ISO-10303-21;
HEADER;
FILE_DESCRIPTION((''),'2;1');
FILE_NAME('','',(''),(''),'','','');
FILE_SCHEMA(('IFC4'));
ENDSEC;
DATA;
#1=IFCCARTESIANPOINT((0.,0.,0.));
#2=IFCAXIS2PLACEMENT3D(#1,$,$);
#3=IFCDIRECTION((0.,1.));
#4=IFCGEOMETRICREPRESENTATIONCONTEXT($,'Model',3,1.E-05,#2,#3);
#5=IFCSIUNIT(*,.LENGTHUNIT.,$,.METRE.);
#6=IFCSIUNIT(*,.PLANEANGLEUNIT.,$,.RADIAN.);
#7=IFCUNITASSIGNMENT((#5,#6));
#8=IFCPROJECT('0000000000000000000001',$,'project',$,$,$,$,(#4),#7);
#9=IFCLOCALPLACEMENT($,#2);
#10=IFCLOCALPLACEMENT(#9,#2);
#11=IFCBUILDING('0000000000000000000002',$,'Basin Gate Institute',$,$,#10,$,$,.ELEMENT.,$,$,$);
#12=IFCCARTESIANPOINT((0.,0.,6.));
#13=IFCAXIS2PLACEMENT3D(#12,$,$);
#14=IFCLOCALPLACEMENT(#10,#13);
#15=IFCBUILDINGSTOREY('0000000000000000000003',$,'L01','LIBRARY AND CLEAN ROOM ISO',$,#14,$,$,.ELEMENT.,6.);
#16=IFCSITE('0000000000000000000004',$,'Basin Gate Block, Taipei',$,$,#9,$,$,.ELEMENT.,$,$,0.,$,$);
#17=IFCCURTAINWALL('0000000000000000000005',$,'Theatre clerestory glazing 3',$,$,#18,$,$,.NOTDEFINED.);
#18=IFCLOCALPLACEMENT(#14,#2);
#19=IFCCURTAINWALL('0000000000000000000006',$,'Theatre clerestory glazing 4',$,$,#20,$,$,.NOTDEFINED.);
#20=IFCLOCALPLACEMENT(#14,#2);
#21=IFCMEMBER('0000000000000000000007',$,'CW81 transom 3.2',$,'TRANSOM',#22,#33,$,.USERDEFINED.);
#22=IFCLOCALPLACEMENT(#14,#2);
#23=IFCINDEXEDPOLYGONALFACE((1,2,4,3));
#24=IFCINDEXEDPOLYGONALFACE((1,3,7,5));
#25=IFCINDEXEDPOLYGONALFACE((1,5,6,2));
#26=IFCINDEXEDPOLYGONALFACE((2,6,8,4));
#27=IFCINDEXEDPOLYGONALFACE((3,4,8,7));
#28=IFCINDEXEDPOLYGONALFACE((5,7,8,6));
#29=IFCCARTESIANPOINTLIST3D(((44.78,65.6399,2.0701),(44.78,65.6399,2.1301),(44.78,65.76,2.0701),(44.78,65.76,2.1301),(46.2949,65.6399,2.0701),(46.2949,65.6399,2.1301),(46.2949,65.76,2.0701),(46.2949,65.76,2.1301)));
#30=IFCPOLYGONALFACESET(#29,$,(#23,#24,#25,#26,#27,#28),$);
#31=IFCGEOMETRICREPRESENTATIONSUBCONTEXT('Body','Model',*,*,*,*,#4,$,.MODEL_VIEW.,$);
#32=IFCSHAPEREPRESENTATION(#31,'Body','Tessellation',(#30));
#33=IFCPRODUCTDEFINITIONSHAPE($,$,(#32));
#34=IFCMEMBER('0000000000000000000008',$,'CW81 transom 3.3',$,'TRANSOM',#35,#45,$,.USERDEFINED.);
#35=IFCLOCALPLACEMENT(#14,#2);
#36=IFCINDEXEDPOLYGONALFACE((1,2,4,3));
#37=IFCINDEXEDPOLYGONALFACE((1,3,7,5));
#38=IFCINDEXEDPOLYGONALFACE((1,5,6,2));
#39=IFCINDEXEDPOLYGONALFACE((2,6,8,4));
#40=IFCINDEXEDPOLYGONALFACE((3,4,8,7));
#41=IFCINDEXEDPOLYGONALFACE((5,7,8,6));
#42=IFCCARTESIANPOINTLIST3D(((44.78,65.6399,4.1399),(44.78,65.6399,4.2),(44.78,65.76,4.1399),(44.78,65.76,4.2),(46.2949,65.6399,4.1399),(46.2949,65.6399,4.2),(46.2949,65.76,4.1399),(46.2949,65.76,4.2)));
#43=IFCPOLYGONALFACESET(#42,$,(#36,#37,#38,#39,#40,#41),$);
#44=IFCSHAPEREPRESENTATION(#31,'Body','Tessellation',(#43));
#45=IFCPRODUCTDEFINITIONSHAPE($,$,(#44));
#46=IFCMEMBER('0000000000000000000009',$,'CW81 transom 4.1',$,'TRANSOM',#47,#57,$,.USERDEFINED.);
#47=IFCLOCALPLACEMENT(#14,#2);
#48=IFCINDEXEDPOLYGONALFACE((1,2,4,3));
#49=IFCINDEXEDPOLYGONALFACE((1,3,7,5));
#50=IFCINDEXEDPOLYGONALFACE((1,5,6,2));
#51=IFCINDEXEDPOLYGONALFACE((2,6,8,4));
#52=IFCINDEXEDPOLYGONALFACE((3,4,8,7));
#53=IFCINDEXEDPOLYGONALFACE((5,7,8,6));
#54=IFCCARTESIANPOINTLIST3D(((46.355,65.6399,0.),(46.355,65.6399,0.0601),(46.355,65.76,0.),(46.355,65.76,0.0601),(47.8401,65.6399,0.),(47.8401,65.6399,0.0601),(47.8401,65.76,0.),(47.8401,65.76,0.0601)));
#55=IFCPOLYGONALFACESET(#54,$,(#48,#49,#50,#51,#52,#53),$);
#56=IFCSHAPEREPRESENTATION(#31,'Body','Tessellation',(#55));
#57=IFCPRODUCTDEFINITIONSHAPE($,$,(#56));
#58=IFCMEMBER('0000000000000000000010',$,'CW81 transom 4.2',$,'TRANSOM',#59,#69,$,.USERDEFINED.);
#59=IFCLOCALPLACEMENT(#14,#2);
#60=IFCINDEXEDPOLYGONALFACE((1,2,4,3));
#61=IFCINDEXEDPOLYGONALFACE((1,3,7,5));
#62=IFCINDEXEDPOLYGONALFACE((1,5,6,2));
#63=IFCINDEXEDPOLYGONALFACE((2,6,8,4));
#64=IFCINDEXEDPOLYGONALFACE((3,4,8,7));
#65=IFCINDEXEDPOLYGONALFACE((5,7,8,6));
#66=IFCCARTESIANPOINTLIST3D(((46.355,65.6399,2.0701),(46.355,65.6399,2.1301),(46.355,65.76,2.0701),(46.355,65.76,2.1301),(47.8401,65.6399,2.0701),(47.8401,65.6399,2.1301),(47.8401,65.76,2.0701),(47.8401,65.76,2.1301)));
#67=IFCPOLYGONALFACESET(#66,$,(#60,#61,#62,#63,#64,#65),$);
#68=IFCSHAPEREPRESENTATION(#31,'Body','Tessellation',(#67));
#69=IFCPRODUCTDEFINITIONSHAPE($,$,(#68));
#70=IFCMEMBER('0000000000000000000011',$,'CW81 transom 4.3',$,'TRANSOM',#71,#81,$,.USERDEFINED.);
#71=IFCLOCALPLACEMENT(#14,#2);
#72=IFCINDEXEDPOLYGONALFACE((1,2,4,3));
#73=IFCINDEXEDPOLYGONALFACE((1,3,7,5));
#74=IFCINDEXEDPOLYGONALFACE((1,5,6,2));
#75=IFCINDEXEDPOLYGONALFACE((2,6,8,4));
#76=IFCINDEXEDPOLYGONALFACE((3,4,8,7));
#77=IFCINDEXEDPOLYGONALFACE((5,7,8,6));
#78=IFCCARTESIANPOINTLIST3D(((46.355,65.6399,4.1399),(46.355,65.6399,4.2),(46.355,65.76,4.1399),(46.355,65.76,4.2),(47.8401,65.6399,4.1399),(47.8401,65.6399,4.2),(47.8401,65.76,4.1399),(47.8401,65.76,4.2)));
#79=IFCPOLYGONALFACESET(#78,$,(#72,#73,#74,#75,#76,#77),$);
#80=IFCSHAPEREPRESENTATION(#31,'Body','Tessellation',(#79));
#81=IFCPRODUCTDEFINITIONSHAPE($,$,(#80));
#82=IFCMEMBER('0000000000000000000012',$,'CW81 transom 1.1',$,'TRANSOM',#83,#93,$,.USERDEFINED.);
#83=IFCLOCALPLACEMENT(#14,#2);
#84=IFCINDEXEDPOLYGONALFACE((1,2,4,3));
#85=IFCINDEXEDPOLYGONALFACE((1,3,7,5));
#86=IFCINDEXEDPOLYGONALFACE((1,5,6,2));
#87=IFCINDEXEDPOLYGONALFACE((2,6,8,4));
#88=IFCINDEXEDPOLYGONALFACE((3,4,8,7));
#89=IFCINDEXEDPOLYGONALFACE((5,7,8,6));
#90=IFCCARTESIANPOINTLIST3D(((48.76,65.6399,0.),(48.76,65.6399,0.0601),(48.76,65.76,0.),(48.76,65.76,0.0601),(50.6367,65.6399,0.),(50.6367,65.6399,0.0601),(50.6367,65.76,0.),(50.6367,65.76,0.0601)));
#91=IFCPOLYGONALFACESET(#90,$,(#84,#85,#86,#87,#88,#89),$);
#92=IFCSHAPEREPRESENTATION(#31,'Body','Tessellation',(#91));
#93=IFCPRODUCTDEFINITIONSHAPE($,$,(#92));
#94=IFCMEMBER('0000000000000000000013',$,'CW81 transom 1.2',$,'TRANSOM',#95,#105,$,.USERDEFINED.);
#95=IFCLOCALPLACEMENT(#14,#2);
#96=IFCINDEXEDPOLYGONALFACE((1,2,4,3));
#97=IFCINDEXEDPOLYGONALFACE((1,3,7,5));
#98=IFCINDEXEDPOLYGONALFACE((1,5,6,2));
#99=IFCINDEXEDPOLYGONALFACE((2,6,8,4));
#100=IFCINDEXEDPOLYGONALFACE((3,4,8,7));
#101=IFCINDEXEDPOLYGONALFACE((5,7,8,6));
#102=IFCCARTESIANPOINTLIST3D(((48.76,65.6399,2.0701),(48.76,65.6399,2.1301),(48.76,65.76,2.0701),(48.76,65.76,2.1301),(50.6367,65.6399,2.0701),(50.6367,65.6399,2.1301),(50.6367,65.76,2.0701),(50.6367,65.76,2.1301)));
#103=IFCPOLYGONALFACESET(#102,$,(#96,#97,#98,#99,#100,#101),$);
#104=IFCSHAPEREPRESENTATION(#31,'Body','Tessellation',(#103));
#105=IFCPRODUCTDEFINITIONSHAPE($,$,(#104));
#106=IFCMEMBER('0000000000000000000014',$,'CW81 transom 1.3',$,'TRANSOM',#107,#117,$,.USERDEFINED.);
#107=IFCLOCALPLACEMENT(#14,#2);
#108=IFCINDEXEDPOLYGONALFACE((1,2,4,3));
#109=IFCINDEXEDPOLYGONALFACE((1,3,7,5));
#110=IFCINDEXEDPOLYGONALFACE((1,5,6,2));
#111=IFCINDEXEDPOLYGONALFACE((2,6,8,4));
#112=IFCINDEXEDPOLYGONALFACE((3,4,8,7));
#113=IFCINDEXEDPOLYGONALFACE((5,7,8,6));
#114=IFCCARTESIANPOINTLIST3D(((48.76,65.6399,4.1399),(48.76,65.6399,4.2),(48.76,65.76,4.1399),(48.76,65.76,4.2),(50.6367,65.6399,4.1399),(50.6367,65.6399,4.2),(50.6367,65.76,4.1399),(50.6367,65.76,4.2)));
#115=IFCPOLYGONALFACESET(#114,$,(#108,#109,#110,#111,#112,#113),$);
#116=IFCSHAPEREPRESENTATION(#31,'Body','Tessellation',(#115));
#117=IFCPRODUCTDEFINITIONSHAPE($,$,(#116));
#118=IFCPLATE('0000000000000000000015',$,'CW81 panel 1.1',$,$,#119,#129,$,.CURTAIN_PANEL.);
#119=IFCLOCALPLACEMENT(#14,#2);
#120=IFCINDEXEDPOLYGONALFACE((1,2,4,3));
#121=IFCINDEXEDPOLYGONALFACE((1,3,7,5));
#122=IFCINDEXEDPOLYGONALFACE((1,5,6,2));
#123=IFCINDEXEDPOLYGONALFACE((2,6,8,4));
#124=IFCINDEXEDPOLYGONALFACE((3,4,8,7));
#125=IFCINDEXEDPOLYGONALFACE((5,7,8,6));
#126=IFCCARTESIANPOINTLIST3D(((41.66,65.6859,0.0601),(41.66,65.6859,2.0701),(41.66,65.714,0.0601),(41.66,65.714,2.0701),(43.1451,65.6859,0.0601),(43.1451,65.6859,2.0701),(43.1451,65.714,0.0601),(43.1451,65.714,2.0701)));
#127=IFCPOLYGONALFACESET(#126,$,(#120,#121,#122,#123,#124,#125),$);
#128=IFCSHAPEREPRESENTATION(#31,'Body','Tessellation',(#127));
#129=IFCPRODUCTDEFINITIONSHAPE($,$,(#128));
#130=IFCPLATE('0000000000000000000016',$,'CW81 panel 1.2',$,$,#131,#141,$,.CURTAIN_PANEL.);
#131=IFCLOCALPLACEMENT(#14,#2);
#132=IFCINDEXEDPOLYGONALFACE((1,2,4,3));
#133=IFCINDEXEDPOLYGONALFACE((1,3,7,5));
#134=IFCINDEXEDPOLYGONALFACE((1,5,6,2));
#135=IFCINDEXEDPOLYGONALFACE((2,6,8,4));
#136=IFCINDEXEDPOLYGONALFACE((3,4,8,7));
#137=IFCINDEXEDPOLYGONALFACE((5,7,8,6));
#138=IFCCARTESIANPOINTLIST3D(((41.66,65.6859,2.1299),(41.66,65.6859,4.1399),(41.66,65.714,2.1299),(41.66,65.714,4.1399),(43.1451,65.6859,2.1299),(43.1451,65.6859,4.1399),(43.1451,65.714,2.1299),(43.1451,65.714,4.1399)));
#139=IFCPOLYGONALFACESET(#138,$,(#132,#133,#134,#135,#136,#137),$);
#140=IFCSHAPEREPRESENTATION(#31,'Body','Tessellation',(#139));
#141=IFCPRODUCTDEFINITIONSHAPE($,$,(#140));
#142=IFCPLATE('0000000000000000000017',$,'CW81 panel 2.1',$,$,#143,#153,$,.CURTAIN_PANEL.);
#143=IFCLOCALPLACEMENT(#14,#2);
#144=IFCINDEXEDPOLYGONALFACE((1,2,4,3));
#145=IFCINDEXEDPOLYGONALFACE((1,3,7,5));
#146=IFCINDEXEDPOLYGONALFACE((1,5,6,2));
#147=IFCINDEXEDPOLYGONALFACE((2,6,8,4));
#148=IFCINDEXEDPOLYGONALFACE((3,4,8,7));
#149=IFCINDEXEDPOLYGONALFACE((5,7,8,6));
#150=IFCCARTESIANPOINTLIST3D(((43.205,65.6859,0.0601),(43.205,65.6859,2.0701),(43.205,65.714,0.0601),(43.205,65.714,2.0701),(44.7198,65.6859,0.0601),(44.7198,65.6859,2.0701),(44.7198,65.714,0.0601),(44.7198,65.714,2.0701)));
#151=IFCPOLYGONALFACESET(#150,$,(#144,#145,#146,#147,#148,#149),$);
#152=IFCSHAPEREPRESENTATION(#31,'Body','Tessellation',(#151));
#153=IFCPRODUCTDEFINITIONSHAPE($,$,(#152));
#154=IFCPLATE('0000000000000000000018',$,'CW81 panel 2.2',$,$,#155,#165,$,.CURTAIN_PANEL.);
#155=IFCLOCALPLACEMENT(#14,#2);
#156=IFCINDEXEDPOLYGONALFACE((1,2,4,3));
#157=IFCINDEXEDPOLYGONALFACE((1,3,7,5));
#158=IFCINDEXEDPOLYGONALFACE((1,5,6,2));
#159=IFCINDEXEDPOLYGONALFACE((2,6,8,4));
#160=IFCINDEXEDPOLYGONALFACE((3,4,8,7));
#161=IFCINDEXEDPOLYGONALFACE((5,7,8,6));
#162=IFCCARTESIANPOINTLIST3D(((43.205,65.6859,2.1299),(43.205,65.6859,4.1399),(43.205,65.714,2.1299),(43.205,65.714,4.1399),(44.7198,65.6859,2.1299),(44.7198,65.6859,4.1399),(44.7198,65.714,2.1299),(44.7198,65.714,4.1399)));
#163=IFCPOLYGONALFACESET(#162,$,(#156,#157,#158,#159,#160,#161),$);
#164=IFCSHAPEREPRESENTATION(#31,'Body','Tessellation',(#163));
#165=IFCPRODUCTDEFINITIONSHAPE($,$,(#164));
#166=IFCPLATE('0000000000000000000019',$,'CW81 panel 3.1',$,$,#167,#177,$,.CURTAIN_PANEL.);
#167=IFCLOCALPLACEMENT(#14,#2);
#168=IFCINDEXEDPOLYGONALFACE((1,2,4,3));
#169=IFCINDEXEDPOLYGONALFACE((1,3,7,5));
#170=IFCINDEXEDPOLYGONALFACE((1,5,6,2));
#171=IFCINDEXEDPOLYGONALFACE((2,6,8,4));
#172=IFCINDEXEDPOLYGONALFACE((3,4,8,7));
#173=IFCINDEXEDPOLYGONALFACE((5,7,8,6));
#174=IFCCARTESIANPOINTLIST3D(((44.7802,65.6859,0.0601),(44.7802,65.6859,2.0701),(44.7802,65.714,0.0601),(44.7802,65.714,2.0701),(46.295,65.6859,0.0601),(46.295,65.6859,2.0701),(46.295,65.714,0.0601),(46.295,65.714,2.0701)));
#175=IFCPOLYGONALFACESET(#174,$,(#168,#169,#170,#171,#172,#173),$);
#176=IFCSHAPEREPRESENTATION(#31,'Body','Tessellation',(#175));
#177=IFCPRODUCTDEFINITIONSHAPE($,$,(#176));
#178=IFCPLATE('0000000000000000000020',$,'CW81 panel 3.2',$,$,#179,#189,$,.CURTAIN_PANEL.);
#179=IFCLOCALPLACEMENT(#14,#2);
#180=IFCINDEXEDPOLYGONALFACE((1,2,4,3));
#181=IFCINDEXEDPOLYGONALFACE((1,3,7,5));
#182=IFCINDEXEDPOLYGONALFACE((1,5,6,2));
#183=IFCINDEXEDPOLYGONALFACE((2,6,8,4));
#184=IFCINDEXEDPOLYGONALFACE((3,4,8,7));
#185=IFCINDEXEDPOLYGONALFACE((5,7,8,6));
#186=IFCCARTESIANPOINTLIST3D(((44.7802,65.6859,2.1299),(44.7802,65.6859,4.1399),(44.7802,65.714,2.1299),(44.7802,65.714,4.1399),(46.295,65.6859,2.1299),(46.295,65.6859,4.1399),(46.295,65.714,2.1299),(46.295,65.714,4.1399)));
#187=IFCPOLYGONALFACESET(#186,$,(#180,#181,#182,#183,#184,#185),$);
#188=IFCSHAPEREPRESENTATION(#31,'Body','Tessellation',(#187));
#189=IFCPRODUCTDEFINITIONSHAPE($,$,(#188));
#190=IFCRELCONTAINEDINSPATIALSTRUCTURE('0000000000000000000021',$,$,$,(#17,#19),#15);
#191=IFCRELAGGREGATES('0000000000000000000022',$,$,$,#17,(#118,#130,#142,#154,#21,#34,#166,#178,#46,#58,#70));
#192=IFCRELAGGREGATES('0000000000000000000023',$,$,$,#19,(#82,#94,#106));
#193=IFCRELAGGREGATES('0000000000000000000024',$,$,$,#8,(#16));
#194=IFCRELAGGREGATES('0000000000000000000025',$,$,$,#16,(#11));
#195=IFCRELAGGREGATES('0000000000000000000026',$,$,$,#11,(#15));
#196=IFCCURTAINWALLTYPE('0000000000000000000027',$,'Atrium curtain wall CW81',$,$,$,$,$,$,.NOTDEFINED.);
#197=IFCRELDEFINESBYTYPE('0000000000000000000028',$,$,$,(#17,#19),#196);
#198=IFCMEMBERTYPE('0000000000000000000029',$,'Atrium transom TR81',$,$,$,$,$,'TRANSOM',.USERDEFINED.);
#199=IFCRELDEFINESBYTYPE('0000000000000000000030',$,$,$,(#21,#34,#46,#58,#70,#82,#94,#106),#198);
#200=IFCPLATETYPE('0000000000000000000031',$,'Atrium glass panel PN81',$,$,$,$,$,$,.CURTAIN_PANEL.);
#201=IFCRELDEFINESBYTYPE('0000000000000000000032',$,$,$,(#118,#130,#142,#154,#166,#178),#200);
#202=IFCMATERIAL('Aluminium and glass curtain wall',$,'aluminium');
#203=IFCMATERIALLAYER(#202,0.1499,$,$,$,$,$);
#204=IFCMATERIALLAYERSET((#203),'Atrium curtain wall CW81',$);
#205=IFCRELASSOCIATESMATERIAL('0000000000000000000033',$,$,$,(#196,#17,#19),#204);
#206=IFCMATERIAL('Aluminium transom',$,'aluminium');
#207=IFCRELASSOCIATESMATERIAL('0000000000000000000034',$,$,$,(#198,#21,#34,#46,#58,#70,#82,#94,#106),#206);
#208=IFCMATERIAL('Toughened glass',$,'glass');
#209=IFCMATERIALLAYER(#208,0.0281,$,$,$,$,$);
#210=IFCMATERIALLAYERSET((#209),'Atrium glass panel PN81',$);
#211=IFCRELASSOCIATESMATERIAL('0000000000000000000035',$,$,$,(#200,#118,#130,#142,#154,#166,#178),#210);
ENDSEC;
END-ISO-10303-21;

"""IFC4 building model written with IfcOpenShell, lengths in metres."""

from ifc_helpers import new_model, si_unit, direction, frame, origin, origin_2d, place, context, subcontext, project, spatial, rectangle, extrude, material, layer, layer_set, material_profile, profile_set, type_object, element, aggregate, save


model = new_model("IFC4")

# Units and contexts
model_context = context("Model", 3, precision=1e-05, world=origin(), true_north=direction((0.0, 1.0)))
body_context = subcontext(model_context, "Body", "Model", "MODEL_VIEW")
ifc_project = project(units=[si_unit("LENGTHUNIT", "METRE"), si_unit("PLANEANGLEUNIT", "RADIAN")], contexts=[model_context])

# Site, building, storey
site_placement = place(None, origin())
site = spatial("IfcSite", under=ifc_project, at=site_placement, Name="Basin Gate Block, Taipei", CompositionType="ELEMENT", RefElevation=0.0)
building_placement = place(site_placement, origin())
building = spatial("IfcBuilding", under=site, at=building_placement, Name="Basin Gate Institute", CompositionType="ELEMENT")
storey_placement = place(building_placement, frame((0.0, 0.0, 6.0)))
storey = spatial("IfcBuildingStorey", under=building, at=storey_placement, Name="L01", Description="LIBRARY AND CLEAN ROOM ISO", CompositionType="ELEMENT", Elevation=6.0)

# Curtain wall
ifc_material_1 = material(Name="Aluminium and glass curtain wall", Category="aluminium")
ifc_layer_1 = layer(ifc_material_1, 0.1499)
ifc_layer_set_1 = layer_set([ifc_layer_1], Name="Atrium curtain wall CW81")
curtain_wall_type = type_object("IfcCurtainWallType", Name="Atrium curtain wall CW81", PredefinedType="NOTDEFINED", material=ifc_layer_set_1)
curtain_wall_1_placement = place(storey_placement, origin())
curtain_wall_1 = element("IfcCurtainWall", 1, at=curtain_wall_1_placement, inside=storey, type_object=curtain_wall_type, material=ifc_layer_set_1, Name="Theatre clerestory glazing 3", PredefinedType="NOTDEFINED")

# Curtain wall
curtain_wall_2_placement = place(storey_placement, origin())
curtain_wall_2 = element("IfcCurtainWall", 2, at=curtain_wall_2_placement, inside=storey, type_object=curtain_wall_type, material=ifc_layer_set_1, Name="Theatre clerestory glazing 4", PredefinedType="NOTDEFINED")

# Members
ifc_material_2 = material(Name="Aluminium transom", Category="aluminium")
ifc_material_profile_1 = material_profile(ifc_material_2, rectangle(XDim=0.1201, YDim=0.0601, at=origin_2d()), Name="Atrium transom TR81 120 x 60")
ifc_profile_set_1 = profile_set([ifc_material_profile_1], Name="Aluminium transom")
member_type_1 = type_object("IfcMemberType", Name="Atrium transom TR81", ElementType="TRANSOM", PredefinedType="USERDEFINED", material=ifc_profile_set_1)
member_1_placement = place(storey_placement, frame((44.78, 65.7, 2.1001), z_axis=(1.0, 0.0, 0.0), x_axis=(0.0, 1.0, 0.0)))
member_1 = element("IfcMember", 3, at=member_1_placement, type_object=member_type_1, material=ifc_profile_set_1, Name="CW81 transom 3.2", ObjectType="TRANSOM", PredefinedType="USERDEFINED", context=body_context, shape_type="SweptSolid", body=[
    extrude(rectangle(XDim=0.1201, YDim=0.0601, at=origin_2d()), origin(), (0.0, 0.0, 1.0), 1.5149),
])
member_2_placement = place(storey_placement, frame((44.78, 65.7, 4.1699), z_axis=(1.0, 0.0, 0.0), x_axis=(0.0, 1.0, 0.0)))
member_2 = element("IfcMember", 4, at=member_2_placement, type_object=member_type_1, material=ifc_profile_set_1, Name="CW81 transom 3.3", ObjectType="TRANSOM", PredefinedType="USERDEFINED", context=body_context, shape_type="SweptSolid", body=[
    extrude(rectangle(XDim=0.1201, YDim=0.0601, at=origin_2d()), origin(), (0.0, 0.0, 1.0), 1.5149),
])
member_3_placement = place(storey_placement, frame((46.355, 65.7, 0.03), z_axis=(1.0, 0.0, 0.0), x_axis=(0.0, 1.0, 0.0)))
member_3 = element("IfcMember", 5, at=member_3_placement, type_object=member_type_1, material=ifc_profile_set_1, Name="CW81 transom 4.1", ObjectType="TRANSOM", PredefinedType="USERDEFINED", context=body_context, shape_type="SweptSolid", body=[
    extrude(rectangle(XDim=0.1201, YDim=0.0601, at=origin_2d()), origin(), (0.0, 0.0, 1.0), 1.4851),
])
member_4_placement = place(storey_placement, frame((46.355, 65.7, 2.1001), z_axis=(1.0, 0.0, 0.0), x_axis=(0.0, 1.0, 0.0)))
member_4 = element("IfcMember", 6, at=member_4_placement, type_object=member_type_1, material=ifc_profile_set_1, Name="CW81 transom 4.2", ObjectType="TRANSOM", PredefinedType="USERDEFINED", context=body_context, shape_type="SweptSolid", body=[
    extrude(rectangle(XDim=0.1201, YDim=0.0601, at=origin_2d()), origin(), (0.0, 0.0, 1.0), 1.4851),
])
member_5_placement = place(storey_placement, frame((46.355, 65.7, 4.1699), z_axis=(1.0, 0.0, 0.0), x_axis=(0.0, 1.0, 0.0)))
member_5 = element("IfcMember", 7, at=member_5_placement, type_object=member_type_1, material=ifc_profile_set_1, Name="CW81 transom 4.3", ObjectType="TRANSOM", PredefinedType="USERDEFINED", context=body_context, shape_type="SweptSolid", body=[
    extrude(rectangle(XDim=0.1201, YDim=0.0601, at=origin_2d()), origin(), (0.0, 0.0, 1.0), 1.4851),
])
member_6_placement = place(storey_placement, frame((48.76, 65.7, 0.03), z_axis=(1.0, 0.0, 0.0), x_axis=(0.0, 1.0, 0.0)))
member_6 = element("IfcMember", 8, at=member_6_placement, type_object=member_type_1, material=ifc_profile_set_1, Name="CW81 transom 1.1", ObjectType="TRANSOM", PredefinedType="USERDEFINED", context=body_context, shape_type="SweptSolid", body=[
    extrude(rectangle(XDim=0.1201, YDim=0.0601, at=origin_2d()), origin(), (0.0, 0.0, 1.0), 1.8767),
])
member_7_placement = place(storey_placement, frame((48.76, 65.7, 2.1001), z_axis=(1.0, 0.0, 0.0), x_axis=(0.0, 1.0, 0.0)))
member_7 = element("IfcMember", 9, at=member_7_placement, type_object=member_type_1, material=ifc_profile_set_1, Name="CW81 transom 1.2", ObjectType="TRANSOM", PredefinedType="USERDEFINED", context=body_context, shape_type="SweptSolid", body=[
    extrude(rectangle(XDim=0.1201, YDim=0.0601, at=origin_2d()), origin(), (0.0, 0.0, 1.0), 1.8767),
])
member_8_placement = place(storey_placement, frame((48.76, 65.7, 4.1699), z_axis=(1.0, 0.0, 0.0), x_axis=(0.0, 1.0, 0.0)))
member_8 = element("IfcMember", 10, at=member_8_placement, type_object=member_type_1, material=ifc_profile_set_1, Name="CW81 transom 1.3", ObjectType="TRANSOM", PredefinedType="USERDEFINED", context=body_context, shape_type="SweptSolid", body=[
    extrude(rectangle(XDim=0.1201, YDim=0.0601, at=origin_2d()), origin(), (0.0, 0.0, 1.0), 1.8767),
])

# Plates
ifc_material_3 = material(Name="Toughened glass", Category="glass")
ifc_layer_2 = layer(ifc_material_3, 0.0281)
ifc_layer_set_2 = layer_set([ifc_layer_2], Name="Atrium glass panel PN81")
plate_type = type_object("IfcPlateType", Name="Atrium glass panel PN81", PredefinedType="CURTAIN_PANEL", material=ifc_layer_set_2)
plate_1_placement = place(storey_placement, frame((42.4026, 65.7, 0.0601), z_axis=(0.0, 0.0, 1.0), x_axis=(1.0, 0.0, 0.0)))
plate_1 = element("IfcPlate", 11, at=plate_1_placement, type_object=plate_type, material=ifc_layer_set_2, Name="CW81 panel 1.1", PredefinedType="CURTAIN_PANEL", context=body_context, shape_type="SweptSolid", body=[
    extrude(rectangle(XDim=1.4851, YDim=0.0281, at=origin_2d()), origin(), (0.0, 0.0, 1.0), 2.01),
])
plate_2_placement = place(storey_placement, frame((42.4026, 65.7, 2.1299), z_axis=(0.0, 0.0, 1.0), x_axis=(1.0, 0.0, 0.0)))
plate_2 = element("IfcPlate", 12, at=plate_2_placement, type_object=plate_type, material=ifc_layer_set_2, Name="CW81 panel 1.2", PredefinedType="CURTAIN_PANEL", context=body_context, shape_type="SweptSolid", body=[
    extrude(rectangle(XDim=1.4851, YDim=0.0281, at=origin_2d()), origin(), (0.0, 0.0, 1.0), 2.01),
])
plate_3_placement = place(storey_placement, frame((43.9624, 65.7, 0.0601), z_axis=(0.0, 0.0, 1.0), x_axis=(1.0, 0.0, 0.0)))
plate_3 = element("IfcPlate", 13, at=plate_3_placement, type_object=plate_type, material=ifc_layer_set_2, Name="CW81 panel 2.1", PredefinedType="CURTAIN_PANEL", context=body_context, shape_type="SweptSolid", body=[
    extrude(rectangle(XDim=1.5149, YDim=0.0281, at=origin_2d()), origin(), (0.0, 0.0, 1.0), 2.01),
])
plate_4_placement = place(storey_placement, frame((43.9624, 65.7, 2.1299), z_axis=(0.0, 0.0, 1.0), x_axis=(1.0, 0.0, 0.0)))
plate_4 = element("IfcPlate", 14, at=plate_4_placement, type_object=plate_type, material=ifc_layer_set_2, Name="CW81 panel 2.2", PredefinedType="CURTAIN_PANEL", context=body_context, shape_type="SweptSolid", body=[
    extrude(rectangle(XDim=1.5149, YDim=0.0281, at=origin_2d()), origin(), (0.0, 0.0, 1.0), 2.01),
])
plate_5_placement = place(storey_placement, frame((45.5376, 65.7, 0.0601), z_axis=(0.0, 0.0, 1.0), x_axis=(1.0, 0.0, 0.0)))
plate_5 = element("IfcPlate", 15, at=plate_5_placement, type_object=plate_type, material=ifc_layer_set_2, Name="CW81 panel 3.1", PredefinedType="CURTAIN_PANEL", context=body_context, shape_type="SweptSolid", body=[
    extrude(rectangle(XDim=1.5149, YDim=0.0281, at=origin_2d()), origin(), (0.0, 0.0, 1.0), 2.01),
])
plate_6_placement = place(storey_placement, frame((45.5376, 65.7, 2.1299), z_axis=(0.0, 0.0, 1.0), x_axis=(1.0, 0.0, 0.0)))
plate_6 = element("IfcPlate", 16, at=plate_6_placement, type_object=plate_type, material=ifc_layer_set_2, Name="CW81 panel 3.2", PredefinedType="CURTAIN_PANEL", context=body_context, shape_type="SweptSolid", body=[
    extrude(rectangle(XDim=1.5149, YDim=0.0281, at=origin_2d()), origin(), (0.0, 0.0, 1.0), 2.01),
])
aggregate(curtain_wall_1, [plate_1, plate_2, plate_3, plate_4, member_1, member_2, plate_5, plate_6, member_3, member_4, member_5])
aggregate(curtain_wall_2, [member_6, member_7, member_8])

save(model, "model.ifc")
